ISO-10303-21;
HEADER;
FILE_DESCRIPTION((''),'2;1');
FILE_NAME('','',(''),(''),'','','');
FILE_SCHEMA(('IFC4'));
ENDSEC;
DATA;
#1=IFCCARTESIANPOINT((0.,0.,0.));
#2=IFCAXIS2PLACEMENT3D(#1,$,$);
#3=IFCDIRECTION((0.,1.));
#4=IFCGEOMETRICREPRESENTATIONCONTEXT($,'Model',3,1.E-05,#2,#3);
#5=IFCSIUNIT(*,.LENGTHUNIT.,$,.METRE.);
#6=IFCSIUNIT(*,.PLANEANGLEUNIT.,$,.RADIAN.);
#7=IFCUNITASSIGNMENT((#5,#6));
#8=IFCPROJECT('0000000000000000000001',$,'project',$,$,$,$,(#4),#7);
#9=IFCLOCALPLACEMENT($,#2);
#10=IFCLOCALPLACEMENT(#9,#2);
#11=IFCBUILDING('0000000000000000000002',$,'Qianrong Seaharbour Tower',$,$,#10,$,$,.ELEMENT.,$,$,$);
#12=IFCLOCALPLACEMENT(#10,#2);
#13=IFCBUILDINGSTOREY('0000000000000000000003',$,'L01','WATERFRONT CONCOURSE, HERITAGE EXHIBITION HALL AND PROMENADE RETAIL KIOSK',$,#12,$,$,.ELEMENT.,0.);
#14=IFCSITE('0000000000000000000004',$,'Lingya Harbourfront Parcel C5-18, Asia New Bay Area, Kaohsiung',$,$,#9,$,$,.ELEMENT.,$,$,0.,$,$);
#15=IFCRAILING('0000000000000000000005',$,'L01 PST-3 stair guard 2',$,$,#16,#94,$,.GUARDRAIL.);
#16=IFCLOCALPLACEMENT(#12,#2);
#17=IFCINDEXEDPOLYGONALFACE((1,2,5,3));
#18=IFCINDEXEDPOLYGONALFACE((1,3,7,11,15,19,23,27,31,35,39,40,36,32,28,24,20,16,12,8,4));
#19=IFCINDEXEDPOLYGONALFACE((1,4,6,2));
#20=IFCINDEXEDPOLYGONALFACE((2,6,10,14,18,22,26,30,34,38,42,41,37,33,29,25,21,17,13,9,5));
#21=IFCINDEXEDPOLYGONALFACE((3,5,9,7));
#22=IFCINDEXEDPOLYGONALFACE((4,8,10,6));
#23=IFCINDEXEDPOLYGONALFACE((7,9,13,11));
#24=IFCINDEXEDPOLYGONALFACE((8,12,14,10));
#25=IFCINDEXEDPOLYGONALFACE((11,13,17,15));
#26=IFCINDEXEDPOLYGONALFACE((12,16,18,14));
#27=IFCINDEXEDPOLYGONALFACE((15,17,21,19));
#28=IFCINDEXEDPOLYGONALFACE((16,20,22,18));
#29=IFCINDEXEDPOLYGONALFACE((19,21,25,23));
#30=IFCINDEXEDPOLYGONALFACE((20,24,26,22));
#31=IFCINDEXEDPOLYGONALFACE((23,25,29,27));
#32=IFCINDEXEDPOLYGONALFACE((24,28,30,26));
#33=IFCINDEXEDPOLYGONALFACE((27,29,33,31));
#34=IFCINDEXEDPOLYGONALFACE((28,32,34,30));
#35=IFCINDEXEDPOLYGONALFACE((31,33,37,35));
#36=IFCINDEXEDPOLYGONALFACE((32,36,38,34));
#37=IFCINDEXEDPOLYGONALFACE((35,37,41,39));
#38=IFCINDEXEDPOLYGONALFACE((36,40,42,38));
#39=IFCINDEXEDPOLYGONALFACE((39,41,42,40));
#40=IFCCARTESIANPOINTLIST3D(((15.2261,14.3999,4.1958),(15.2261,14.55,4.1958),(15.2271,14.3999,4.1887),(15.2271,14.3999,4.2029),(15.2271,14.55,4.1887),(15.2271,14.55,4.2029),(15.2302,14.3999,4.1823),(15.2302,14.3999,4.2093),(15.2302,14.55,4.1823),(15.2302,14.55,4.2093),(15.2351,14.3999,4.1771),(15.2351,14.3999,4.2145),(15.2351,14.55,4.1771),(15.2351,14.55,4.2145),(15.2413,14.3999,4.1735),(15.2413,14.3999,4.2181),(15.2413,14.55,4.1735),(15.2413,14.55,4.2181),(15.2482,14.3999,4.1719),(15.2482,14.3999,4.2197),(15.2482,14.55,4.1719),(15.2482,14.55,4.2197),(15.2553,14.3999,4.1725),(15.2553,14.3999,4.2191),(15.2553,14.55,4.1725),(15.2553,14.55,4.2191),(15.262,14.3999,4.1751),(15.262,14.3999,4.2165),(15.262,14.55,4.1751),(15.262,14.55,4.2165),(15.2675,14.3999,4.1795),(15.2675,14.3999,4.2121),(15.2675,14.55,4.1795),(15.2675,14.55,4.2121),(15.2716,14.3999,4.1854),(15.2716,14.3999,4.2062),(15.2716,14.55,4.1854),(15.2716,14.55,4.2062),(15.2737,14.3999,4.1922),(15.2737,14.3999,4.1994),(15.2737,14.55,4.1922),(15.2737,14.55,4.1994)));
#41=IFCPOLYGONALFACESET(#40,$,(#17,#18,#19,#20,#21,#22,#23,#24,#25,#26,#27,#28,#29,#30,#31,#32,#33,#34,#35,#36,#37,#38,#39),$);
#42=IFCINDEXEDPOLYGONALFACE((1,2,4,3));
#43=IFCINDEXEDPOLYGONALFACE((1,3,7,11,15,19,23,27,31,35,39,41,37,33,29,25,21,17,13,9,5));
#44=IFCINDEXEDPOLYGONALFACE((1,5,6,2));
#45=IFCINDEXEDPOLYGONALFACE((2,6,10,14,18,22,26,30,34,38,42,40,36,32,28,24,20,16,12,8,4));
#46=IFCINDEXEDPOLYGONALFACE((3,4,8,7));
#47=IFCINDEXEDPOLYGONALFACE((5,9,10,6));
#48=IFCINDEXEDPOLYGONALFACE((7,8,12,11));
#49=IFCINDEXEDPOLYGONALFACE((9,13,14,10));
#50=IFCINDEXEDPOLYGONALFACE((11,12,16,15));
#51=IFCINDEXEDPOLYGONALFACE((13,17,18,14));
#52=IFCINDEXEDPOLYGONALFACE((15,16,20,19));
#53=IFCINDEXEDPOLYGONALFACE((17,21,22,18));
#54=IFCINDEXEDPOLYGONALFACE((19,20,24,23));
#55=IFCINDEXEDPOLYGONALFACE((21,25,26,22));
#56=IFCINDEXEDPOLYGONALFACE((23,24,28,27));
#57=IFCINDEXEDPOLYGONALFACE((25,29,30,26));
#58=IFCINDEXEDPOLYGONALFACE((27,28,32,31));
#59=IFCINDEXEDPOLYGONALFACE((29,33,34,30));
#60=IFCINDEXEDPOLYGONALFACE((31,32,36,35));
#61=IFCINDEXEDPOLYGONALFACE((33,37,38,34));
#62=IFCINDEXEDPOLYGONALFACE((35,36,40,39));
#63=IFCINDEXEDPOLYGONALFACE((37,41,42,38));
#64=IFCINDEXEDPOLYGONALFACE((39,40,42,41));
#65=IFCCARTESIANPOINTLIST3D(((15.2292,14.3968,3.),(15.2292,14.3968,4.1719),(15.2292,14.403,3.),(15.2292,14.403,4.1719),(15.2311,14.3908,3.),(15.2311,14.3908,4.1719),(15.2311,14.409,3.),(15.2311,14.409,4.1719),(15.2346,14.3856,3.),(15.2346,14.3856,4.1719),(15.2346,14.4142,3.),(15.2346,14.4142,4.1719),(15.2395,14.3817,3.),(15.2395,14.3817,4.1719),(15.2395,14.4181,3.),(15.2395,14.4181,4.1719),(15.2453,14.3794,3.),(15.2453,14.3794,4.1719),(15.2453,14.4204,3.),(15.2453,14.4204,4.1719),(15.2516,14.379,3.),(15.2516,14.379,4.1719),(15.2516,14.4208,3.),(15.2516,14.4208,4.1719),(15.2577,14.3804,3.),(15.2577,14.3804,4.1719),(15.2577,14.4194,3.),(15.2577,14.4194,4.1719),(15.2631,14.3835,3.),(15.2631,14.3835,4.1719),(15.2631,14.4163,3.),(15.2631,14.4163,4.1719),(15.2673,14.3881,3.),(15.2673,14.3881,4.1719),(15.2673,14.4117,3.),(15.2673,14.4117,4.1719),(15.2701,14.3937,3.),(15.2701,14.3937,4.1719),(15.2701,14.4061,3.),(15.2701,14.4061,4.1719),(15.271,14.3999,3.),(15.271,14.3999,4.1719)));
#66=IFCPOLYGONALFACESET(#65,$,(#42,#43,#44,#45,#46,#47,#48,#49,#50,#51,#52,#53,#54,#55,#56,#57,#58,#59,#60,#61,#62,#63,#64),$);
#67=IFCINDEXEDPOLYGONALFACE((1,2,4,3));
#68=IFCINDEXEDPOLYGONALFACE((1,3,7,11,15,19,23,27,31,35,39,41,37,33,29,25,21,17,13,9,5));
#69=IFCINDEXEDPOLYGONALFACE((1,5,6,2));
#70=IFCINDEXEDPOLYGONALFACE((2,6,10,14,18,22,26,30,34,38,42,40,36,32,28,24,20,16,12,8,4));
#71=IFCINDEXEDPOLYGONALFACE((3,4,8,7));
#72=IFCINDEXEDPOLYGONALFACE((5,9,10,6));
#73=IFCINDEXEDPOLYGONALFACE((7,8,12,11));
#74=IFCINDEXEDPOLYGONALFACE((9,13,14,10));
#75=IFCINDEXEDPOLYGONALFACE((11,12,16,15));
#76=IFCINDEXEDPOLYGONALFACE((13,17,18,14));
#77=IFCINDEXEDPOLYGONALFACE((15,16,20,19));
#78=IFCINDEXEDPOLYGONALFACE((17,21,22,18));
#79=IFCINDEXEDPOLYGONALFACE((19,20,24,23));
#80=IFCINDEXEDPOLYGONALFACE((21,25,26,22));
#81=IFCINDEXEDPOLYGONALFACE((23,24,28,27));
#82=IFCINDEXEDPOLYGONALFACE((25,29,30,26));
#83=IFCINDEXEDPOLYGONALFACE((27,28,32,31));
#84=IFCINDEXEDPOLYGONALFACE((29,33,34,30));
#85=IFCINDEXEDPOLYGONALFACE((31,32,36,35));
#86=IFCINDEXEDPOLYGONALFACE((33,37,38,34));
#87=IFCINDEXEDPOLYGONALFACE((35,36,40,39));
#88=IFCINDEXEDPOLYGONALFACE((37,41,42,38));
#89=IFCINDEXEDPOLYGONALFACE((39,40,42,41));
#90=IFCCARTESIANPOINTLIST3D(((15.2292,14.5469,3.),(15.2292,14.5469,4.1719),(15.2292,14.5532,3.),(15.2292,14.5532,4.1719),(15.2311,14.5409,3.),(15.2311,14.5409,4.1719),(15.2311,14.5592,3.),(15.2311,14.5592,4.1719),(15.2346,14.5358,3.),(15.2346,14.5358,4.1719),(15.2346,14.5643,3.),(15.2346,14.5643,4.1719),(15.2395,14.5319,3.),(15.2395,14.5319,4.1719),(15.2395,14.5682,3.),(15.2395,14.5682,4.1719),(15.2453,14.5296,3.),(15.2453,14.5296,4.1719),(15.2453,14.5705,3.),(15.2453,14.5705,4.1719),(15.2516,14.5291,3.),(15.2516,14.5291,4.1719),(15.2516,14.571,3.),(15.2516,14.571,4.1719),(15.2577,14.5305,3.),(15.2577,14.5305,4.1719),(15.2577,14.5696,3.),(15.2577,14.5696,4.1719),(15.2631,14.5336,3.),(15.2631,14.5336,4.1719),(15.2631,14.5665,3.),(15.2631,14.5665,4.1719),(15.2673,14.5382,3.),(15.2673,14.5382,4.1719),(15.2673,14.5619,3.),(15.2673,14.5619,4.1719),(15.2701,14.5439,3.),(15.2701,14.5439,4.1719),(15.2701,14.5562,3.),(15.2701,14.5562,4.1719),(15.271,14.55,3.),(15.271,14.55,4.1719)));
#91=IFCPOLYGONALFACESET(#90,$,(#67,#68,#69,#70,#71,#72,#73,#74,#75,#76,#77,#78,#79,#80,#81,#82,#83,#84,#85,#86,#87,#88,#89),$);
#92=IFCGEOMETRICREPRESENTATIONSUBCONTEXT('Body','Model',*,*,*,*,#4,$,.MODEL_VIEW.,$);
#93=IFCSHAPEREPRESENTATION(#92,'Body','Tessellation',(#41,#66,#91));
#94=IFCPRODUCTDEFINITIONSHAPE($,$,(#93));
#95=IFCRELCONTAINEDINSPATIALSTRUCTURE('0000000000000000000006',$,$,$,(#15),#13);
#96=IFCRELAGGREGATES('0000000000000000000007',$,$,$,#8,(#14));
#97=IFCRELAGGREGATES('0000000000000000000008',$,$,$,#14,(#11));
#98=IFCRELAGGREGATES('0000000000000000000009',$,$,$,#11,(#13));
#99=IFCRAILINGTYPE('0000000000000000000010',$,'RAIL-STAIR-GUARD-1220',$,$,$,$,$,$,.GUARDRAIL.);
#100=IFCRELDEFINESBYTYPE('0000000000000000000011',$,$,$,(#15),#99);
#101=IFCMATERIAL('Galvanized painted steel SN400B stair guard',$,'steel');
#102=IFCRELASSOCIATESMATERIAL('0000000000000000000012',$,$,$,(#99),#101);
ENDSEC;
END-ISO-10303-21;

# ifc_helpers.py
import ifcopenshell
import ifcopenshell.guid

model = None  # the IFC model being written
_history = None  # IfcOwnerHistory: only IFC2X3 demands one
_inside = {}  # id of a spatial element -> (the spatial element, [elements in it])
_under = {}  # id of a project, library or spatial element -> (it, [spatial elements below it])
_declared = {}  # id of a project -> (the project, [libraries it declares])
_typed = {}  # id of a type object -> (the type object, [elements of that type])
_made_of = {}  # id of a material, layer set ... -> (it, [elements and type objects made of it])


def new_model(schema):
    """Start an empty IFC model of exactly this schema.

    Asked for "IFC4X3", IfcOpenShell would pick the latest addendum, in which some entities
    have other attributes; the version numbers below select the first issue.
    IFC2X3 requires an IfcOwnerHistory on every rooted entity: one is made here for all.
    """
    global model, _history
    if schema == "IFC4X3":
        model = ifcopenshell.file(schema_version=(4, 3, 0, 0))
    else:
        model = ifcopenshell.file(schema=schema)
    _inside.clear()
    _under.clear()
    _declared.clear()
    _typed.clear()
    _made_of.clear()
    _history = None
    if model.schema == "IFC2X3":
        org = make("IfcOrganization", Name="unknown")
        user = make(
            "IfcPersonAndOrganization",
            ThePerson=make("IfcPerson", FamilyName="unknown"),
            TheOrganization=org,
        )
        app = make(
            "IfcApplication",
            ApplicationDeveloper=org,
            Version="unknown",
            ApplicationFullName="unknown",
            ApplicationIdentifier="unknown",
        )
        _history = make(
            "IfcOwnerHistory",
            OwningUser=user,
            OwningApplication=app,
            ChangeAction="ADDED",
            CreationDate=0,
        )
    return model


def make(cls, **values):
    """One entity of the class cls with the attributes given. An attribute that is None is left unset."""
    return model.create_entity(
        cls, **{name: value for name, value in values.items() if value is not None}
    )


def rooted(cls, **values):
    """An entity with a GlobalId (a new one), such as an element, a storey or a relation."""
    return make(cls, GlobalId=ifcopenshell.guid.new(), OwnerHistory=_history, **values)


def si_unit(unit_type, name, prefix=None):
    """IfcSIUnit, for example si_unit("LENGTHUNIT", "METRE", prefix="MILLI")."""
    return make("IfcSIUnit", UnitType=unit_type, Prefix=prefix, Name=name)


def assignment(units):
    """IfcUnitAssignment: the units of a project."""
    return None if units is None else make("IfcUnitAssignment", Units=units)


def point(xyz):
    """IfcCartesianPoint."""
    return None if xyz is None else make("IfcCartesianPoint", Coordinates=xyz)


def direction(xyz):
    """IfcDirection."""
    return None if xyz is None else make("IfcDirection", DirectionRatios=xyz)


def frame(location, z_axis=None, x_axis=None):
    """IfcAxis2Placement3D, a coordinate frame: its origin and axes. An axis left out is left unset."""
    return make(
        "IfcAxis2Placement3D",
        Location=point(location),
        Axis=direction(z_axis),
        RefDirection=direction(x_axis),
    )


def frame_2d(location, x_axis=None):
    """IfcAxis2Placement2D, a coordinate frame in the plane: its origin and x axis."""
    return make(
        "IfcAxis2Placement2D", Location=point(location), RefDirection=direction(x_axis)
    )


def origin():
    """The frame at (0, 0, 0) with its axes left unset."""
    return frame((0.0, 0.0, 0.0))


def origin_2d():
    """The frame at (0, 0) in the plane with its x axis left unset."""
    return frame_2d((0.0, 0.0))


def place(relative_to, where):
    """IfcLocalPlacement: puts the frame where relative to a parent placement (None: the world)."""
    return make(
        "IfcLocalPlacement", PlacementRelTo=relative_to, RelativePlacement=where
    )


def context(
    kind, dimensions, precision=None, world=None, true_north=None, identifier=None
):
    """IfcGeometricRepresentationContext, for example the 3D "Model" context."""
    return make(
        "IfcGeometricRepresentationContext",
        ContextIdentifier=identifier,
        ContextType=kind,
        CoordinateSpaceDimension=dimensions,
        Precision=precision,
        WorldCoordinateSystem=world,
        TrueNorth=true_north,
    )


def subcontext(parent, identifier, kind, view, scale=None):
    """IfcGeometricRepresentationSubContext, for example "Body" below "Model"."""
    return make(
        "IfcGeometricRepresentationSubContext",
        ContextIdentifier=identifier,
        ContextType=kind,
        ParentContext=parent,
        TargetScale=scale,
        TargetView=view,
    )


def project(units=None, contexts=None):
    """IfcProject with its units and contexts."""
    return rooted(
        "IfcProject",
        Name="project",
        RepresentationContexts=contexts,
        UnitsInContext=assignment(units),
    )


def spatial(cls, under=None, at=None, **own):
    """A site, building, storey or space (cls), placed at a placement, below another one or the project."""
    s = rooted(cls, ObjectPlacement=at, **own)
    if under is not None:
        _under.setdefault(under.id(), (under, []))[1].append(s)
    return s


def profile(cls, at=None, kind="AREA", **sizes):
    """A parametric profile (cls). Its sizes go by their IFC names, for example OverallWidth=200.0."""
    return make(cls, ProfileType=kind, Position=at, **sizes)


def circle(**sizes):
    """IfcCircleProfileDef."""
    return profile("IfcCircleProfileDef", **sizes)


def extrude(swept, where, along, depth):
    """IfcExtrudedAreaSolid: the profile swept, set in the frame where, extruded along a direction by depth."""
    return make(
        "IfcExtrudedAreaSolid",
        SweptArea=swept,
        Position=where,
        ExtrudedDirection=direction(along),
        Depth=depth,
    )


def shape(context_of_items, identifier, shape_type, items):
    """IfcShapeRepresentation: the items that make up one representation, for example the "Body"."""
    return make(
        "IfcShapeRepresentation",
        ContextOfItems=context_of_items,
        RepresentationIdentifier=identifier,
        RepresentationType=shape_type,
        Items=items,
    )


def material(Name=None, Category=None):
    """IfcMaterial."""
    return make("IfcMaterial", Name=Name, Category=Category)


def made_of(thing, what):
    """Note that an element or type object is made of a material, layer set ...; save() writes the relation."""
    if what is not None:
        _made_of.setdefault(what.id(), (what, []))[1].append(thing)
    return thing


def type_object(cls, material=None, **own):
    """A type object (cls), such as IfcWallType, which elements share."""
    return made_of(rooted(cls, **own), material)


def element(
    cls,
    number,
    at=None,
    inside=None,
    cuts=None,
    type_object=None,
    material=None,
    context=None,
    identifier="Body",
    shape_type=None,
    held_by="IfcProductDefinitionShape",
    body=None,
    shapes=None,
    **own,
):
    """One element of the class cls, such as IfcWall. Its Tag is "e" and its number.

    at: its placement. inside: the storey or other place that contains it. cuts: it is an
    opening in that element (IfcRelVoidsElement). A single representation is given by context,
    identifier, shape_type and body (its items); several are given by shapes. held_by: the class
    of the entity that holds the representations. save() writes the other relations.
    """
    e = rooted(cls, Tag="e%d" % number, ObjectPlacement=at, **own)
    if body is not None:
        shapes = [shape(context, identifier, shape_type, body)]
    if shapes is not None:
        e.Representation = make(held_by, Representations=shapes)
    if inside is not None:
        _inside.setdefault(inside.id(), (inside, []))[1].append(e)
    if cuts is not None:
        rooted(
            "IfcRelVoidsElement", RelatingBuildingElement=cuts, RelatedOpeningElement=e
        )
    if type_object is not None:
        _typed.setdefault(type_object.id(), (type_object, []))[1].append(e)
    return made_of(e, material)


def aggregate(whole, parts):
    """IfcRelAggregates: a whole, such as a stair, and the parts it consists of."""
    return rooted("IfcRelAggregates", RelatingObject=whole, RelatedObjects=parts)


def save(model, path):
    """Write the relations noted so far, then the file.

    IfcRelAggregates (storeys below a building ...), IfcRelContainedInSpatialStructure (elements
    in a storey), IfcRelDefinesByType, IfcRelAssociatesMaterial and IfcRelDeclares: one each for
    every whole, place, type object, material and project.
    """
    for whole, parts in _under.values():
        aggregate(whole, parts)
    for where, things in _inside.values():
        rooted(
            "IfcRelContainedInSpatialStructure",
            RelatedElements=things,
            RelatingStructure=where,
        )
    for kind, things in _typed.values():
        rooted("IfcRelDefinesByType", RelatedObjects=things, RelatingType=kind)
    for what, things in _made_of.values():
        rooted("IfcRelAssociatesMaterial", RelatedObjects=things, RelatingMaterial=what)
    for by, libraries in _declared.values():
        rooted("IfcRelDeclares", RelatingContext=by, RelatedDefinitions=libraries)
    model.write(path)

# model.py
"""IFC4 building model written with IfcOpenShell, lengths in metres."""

from ifc_helpers import new_model, si_unit, direction, frame, origin, origin_2d, place, context, subcontext, project, spatial, circle, extrude, material, type_object, element, save


model = new_model("IFC4")

# Units and contexts
model_context = context("Model", 3, precision=1e-05, world=origin(), true_north=direction((0.0, 1.0)))
body_context = subcontext(model_context, "Body", "Model", "MODEL_VIEW")
ifc_project = project(units=[si_unit("LENGTHUNIT", "METRE"), si_unit("PLANEANGLEUNIT", "RADIAN")], contexts=[model_context])

# Site, building, storey
site_placement = place(None, origin())
site = spatial("IfcSite", under=ifc_project, at=site_placement, Name="Lingya Harbourfront Parcel C5-18, Asia New Bay Area, Kaohsiung", CompositionType="ELEMENT", RefElevation=0.0)
building_placement = place(site_placement, origin())
building = spatial("IfcBuilding", under=site, at=building_placement, Name="Qianrong Seaharbour Tower", CompositionType="ELEMENT")
storey_placement = place(building_placement, origin())
storey = spatial("IfcBuildingStorey", under=building, at=storey_placement, Name="L01", Description="WATERFRONT CONCOURSE, HERITAGE EXHIBITION HALL AND PROMENADE RETAIL KIOSK", CompositionType="ELEMENT", Elevation=0.0)

# Railing
ifc_material_1 = material(Name="Galvanized painted steel SN400B stair guard", Category="steel")
railing_type_1 = type_object("IfcRailingType", Name="RAIL-STAIR-GUARD-1220", PredefinedType="GUARDRAIL", material=ifc_material_1)
railing_1_placement = place(storey_placement, frame((15.25, 14.3999, 3.0)))
element("IfcRailing", 1, at=railing_1_placement, inside=storey, type_object=railing_type_1, Name="L01 PST-3 stair guard 2", PredefinedType="GUARDRAIL", context=body_context, shape_type="SweptSolid", body=[
    extrude(circle(Radius=0.0239, at=origin_2d()), frame((0.0, 0.0, 1.1958), z_axis=(0.0, 1.0, 0.0), x_axis=(-1.0, 0.0, 0.0)), (0.0, 0.0, 1.0), 0.1501),
    extrude(circle(Radius=0.021, at=origin_2d()), origin(), (0.0, 0.0, 1.0), 1.1719),
    extrude(circle(Radius=0.021, at=origin_2d()), frame((0.0, 0.1501, 0.0)), (0.0, 0.0, 1.0), 1.1719),
])

save(model, "model.ifc")
